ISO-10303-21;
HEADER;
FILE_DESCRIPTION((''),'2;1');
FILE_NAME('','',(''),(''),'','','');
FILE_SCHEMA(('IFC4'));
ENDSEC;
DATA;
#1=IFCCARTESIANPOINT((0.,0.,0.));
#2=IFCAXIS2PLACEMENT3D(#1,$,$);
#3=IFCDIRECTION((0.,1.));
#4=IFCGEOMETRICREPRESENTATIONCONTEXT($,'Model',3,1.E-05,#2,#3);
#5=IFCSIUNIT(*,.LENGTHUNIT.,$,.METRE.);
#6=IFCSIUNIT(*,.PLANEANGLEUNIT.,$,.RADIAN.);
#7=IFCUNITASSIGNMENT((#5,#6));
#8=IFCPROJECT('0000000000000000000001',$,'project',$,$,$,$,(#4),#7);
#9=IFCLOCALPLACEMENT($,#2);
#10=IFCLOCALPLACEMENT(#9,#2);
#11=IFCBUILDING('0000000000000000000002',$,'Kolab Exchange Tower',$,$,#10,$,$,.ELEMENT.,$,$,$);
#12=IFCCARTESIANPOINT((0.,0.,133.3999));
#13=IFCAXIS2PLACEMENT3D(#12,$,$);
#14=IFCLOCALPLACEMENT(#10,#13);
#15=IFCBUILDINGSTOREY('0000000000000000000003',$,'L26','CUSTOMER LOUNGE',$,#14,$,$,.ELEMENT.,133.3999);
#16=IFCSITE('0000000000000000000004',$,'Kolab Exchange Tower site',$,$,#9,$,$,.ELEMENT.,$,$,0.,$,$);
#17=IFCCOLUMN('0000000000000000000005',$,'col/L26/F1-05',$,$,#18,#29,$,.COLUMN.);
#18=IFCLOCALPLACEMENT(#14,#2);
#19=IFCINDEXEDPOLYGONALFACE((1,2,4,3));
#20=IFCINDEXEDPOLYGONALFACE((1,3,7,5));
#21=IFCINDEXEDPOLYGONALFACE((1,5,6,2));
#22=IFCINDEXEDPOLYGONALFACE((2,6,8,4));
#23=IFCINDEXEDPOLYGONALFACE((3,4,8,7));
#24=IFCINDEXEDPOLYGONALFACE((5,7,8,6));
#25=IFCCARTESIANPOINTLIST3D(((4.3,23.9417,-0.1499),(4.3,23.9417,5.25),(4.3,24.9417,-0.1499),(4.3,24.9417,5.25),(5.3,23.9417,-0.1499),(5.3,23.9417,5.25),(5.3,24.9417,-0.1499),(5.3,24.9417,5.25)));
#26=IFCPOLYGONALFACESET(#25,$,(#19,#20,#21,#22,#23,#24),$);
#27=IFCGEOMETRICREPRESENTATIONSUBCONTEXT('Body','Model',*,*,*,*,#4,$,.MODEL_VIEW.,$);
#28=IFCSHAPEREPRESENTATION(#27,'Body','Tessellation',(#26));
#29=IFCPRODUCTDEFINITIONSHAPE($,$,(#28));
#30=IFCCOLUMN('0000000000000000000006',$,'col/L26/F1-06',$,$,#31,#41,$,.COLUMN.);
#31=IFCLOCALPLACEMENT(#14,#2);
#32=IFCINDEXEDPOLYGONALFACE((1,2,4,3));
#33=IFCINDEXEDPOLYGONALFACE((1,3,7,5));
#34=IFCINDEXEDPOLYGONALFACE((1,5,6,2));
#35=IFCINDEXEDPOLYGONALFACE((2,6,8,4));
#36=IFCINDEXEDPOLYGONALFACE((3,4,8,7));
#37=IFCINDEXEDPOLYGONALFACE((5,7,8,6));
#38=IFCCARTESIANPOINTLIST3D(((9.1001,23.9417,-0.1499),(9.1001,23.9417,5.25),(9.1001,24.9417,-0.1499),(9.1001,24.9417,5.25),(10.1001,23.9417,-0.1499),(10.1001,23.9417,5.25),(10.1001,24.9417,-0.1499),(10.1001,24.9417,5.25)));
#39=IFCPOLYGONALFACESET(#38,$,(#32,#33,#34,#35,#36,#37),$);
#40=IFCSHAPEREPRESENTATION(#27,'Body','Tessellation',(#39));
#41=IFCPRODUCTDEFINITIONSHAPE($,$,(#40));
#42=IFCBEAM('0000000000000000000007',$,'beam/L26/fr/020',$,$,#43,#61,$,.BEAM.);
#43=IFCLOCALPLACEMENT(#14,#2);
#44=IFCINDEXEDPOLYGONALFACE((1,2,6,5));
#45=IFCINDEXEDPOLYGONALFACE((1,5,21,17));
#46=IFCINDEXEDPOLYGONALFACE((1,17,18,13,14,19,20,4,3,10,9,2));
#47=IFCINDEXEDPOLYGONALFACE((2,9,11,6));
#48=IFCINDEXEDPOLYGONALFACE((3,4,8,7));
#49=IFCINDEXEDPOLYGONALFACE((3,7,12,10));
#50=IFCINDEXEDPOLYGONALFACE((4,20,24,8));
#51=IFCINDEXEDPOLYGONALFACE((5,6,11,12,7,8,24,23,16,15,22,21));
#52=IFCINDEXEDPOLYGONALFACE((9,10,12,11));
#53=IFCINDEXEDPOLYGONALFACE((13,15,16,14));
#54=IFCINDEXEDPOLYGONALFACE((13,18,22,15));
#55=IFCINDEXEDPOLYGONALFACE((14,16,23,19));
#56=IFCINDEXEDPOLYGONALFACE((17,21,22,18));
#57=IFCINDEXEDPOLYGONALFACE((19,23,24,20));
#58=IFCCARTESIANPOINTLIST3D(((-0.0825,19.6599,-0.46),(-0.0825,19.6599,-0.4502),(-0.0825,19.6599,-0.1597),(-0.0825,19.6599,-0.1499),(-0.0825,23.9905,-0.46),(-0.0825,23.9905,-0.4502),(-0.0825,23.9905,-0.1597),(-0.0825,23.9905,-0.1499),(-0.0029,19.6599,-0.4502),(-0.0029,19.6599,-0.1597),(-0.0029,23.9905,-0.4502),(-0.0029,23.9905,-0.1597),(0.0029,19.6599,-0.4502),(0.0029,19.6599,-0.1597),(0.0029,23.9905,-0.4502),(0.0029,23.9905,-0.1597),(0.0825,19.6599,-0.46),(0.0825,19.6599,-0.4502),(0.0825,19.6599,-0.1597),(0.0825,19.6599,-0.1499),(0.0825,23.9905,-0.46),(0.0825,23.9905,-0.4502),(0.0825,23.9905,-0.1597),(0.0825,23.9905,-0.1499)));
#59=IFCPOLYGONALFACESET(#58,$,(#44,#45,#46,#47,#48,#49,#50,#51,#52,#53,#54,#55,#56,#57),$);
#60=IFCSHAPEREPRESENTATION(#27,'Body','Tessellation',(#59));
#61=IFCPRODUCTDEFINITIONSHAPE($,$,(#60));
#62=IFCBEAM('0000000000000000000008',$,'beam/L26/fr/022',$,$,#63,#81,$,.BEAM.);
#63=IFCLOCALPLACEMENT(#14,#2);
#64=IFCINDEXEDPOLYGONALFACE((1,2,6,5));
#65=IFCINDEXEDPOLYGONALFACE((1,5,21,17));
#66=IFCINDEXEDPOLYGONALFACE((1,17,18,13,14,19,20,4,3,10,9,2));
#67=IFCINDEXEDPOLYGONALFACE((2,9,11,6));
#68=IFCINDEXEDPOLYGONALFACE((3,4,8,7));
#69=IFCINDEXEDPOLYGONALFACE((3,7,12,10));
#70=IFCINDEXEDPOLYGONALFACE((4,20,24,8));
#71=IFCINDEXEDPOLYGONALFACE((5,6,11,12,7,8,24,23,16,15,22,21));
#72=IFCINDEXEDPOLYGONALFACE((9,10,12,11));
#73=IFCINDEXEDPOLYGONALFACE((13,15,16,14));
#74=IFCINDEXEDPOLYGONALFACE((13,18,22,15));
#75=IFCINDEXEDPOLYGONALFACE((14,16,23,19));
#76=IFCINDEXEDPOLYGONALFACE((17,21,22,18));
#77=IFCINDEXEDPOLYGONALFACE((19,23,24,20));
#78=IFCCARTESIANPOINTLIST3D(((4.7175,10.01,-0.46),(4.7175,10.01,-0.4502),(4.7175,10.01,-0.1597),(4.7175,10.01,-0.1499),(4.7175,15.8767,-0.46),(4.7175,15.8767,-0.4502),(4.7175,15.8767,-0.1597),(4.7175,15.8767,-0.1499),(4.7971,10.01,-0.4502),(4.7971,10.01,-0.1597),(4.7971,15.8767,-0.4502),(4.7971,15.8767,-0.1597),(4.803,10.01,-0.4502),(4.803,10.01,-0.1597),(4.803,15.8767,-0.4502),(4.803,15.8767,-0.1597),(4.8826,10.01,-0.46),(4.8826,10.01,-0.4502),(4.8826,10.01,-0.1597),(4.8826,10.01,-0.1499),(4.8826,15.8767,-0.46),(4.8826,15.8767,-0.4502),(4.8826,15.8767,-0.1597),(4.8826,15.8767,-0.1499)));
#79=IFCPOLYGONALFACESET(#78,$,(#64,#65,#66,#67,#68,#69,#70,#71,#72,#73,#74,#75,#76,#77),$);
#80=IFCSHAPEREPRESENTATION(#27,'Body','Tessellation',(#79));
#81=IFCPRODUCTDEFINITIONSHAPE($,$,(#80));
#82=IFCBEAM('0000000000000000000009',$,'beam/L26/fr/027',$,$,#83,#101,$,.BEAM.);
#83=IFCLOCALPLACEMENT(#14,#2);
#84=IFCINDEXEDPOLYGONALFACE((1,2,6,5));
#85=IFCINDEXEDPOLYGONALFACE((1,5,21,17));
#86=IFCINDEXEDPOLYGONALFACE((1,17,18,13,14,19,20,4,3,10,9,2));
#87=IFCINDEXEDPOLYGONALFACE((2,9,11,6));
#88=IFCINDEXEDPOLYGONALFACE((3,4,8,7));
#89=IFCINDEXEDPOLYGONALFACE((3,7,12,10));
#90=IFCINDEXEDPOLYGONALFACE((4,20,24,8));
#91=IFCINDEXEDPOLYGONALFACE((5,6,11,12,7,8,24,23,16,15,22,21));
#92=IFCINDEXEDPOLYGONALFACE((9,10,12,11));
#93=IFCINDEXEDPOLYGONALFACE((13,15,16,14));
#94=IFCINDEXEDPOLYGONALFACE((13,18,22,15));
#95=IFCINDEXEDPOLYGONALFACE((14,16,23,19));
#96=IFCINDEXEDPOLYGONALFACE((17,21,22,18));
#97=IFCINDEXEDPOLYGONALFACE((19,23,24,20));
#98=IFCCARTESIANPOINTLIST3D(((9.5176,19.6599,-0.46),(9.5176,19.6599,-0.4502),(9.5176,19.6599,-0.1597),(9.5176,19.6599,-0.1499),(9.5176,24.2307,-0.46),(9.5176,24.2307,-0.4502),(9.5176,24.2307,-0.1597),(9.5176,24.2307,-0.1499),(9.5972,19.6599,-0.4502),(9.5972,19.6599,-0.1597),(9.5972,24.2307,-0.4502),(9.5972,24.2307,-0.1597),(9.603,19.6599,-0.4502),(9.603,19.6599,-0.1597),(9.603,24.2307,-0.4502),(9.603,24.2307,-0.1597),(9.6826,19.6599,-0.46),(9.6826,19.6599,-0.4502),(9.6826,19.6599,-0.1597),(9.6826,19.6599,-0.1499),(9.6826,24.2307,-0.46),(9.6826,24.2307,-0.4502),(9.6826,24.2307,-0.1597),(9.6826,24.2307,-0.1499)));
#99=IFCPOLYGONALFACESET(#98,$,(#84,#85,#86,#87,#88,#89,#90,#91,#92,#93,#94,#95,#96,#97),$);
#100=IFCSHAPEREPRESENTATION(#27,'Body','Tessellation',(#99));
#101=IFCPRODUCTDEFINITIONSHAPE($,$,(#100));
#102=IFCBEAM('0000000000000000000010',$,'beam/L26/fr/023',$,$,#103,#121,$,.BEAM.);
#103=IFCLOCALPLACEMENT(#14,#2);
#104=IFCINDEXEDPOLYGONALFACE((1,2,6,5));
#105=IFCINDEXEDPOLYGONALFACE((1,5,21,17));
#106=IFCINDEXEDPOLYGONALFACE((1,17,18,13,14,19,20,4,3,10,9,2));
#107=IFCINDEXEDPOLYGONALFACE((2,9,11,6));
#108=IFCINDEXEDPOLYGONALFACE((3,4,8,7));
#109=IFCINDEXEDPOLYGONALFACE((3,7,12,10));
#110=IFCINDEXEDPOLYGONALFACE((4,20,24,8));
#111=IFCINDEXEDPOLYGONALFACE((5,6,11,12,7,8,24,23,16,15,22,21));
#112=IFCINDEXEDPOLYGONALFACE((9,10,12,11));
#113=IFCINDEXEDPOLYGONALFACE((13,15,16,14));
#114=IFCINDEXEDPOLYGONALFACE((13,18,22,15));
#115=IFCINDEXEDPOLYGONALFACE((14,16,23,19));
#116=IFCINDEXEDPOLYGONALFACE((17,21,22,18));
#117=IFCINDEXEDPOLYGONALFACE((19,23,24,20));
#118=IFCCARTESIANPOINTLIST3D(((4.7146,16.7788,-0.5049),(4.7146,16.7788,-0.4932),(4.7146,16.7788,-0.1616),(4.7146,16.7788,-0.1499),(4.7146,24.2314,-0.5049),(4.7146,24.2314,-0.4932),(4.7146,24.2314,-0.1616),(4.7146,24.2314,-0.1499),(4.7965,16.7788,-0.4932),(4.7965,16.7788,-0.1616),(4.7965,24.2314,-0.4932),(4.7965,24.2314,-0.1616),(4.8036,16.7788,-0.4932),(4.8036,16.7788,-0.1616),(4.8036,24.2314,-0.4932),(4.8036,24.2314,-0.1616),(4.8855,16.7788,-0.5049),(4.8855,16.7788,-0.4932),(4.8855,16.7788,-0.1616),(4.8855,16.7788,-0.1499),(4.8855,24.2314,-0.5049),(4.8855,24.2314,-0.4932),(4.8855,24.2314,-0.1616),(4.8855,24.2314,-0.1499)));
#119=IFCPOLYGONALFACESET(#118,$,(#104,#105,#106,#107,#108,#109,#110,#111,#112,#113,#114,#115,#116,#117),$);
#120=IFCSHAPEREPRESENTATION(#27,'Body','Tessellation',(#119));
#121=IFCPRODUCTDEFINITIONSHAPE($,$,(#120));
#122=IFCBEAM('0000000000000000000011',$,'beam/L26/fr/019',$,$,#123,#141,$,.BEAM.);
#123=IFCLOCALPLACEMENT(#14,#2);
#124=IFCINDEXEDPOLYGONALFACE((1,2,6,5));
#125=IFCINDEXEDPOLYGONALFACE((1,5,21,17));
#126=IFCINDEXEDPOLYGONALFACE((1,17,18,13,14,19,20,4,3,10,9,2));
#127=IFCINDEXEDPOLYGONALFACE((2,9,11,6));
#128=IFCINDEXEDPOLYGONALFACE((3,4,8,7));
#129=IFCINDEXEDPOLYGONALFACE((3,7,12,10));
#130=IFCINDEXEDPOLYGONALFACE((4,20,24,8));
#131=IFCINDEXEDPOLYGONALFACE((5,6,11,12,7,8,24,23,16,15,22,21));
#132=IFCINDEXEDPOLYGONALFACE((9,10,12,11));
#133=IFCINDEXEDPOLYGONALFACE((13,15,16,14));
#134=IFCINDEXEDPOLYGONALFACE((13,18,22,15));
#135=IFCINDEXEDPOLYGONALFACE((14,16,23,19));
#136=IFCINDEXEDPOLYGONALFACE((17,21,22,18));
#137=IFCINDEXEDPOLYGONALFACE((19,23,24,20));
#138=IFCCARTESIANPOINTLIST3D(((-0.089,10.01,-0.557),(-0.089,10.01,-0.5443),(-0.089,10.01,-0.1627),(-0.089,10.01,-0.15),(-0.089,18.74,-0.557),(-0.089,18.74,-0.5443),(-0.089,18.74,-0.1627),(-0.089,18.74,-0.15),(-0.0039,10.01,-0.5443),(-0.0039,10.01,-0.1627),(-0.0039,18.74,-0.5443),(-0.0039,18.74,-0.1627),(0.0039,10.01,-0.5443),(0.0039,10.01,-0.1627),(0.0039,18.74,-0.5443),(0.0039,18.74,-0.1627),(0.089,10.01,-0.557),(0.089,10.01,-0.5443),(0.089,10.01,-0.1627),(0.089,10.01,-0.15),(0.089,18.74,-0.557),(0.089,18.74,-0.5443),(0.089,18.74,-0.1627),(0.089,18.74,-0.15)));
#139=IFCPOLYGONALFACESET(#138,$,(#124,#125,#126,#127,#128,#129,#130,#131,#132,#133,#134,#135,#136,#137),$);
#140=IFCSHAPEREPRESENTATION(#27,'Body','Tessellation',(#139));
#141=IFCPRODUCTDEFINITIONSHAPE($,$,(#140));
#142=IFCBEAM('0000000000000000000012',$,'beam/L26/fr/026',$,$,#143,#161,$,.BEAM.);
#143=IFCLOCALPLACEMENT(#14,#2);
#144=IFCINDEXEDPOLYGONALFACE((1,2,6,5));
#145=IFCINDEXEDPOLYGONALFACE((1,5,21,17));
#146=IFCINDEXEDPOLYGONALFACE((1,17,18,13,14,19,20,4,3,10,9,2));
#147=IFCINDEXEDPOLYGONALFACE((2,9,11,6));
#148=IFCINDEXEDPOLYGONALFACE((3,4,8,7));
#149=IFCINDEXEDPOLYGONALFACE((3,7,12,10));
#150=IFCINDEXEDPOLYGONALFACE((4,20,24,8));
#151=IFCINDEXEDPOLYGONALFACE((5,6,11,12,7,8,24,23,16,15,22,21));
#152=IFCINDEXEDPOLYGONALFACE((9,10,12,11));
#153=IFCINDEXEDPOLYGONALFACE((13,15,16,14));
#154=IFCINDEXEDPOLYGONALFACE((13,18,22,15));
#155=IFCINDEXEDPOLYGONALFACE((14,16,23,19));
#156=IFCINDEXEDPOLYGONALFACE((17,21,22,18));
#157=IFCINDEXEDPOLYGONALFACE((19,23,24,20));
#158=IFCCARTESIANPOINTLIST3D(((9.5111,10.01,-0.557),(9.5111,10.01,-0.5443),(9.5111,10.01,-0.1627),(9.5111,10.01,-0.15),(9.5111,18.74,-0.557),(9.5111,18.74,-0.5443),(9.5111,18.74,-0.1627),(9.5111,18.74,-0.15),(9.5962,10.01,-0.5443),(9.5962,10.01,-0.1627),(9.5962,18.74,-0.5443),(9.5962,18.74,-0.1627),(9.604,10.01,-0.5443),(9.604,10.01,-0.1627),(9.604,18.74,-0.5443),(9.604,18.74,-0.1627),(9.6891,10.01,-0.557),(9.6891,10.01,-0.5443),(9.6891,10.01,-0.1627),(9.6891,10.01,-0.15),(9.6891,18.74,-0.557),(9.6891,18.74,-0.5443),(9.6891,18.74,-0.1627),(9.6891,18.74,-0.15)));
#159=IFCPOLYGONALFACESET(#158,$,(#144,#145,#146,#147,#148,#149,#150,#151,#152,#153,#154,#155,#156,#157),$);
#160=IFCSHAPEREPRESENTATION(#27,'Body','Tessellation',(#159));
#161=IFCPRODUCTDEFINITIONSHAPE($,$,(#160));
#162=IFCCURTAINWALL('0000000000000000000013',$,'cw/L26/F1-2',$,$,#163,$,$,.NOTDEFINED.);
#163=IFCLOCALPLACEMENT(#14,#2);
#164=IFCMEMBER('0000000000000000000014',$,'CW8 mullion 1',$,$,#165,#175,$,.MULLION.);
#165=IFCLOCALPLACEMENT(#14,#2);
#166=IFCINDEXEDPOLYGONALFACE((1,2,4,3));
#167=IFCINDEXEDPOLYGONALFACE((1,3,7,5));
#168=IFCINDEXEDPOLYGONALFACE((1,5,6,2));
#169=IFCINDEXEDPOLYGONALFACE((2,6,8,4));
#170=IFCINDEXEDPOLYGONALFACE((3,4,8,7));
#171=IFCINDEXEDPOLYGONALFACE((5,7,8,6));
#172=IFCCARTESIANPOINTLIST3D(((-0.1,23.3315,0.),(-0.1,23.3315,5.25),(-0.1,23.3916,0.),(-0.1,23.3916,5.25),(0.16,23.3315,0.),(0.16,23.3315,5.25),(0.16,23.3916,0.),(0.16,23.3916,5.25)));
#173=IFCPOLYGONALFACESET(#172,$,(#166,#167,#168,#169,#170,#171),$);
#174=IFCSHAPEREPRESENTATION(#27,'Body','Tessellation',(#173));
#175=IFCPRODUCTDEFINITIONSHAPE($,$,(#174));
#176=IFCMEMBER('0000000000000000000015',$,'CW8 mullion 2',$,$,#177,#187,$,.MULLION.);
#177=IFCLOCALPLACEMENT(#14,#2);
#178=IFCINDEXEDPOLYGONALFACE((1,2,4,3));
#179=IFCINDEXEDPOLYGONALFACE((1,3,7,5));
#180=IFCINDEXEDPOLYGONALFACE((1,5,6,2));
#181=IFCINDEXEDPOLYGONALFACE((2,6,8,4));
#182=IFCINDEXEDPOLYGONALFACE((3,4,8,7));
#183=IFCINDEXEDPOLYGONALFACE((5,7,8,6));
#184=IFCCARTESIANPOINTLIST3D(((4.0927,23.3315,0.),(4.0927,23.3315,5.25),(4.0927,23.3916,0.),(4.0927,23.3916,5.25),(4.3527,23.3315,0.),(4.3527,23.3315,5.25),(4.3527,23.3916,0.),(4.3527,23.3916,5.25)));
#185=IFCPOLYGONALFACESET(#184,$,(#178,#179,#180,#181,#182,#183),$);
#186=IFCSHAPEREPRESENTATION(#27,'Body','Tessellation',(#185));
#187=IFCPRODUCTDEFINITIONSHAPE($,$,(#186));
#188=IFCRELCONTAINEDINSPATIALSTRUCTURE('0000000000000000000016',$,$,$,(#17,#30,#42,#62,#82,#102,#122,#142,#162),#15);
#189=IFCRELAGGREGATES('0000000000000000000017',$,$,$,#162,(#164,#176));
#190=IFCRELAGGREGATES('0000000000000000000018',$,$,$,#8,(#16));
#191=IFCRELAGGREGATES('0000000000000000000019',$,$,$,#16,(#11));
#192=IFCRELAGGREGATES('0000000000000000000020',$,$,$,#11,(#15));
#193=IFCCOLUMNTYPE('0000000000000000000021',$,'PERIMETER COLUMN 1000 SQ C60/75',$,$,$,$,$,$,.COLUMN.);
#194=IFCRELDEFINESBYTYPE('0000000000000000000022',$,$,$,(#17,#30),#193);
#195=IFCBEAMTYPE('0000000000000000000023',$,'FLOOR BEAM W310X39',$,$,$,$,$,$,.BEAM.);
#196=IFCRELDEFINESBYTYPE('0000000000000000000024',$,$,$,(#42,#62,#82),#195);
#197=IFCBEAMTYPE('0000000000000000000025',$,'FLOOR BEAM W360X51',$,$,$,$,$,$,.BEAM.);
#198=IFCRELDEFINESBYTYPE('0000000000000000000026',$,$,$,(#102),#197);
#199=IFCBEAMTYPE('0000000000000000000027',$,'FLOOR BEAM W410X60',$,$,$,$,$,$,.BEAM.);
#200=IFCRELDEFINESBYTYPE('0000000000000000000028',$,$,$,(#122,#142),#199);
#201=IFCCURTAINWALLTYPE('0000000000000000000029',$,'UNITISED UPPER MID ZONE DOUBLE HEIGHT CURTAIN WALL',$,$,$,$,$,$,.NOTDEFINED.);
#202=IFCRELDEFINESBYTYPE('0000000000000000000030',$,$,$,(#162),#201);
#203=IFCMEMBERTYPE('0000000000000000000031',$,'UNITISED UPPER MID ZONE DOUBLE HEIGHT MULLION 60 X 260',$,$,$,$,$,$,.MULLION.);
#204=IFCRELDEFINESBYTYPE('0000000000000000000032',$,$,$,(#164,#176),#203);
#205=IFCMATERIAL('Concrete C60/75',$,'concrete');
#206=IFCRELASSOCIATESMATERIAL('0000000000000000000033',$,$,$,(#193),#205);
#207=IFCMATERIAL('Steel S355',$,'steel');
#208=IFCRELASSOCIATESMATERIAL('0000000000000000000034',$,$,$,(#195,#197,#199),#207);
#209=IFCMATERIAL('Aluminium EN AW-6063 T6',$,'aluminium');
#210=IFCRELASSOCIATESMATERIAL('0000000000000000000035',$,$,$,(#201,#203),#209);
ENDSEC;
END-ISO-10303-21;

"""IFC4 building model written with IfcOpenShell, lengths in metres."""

from ifc_helpers import new_model, si_unit, direction, frame, origin, origin_2d, place, context, subcontext, project, spatial, rectangle, i_section, extrude, material, material_profile, profile_set, type_object, element, aggregate, save


model = new_model("IFC4")

# Units and contexts
model_context = context("Model", 3, precision=1e-05, world=origin(), true_north=direction((0.0, 1.0)))
body_context = subcontext(model_context, "Body", "Model", "MODEL_VIEW")
ifc_project = project(units=[si_unit("LENGTHUNIT", "METRE"), si_unit("PLANEANGLEUNIT", "RADIAN")], contexts=[model_context])

# Site, building, storey
site_placement = place(None, origin())
site = spatial("IfcSite", under=ifc_project, at=site_placement, Name="Kolab Exchange Tower site", CompositionType="ELEMENT", RefElevation=0.0)
building_placement = place(site_placement, origin())
building = spatial("IfcBuilding", under=site, at=building_placement, Name="Kolab Exchange Tower", CompositionType="ELEMENT")
storey_placement = place(building_placement, frame((0.0, 0.0, 133.3999)))
storey = spatial("IfcBuildingStorey", under=building, at=storey_placement, Name="L26", Description="CUSTOMER LOUNGE", CompositionType="ELEMENT", Elevation=133.3999)

# Columns
ifc_material_1 = material(Name="Concrete C60/75", Category="concrete")
ifc_material_profile_1 = material_profile(ifc_material_1, rectangle(XDim=1.0, YDim=1.0, at=origin_2d()), Name="RC1000")
ifc_profile_set_1 = profile_set([ifc_material_profile_1], Name="Concrete C60/75")
column_type = type_object("IfcColumnType", Name="PERIMETER COLUMN 1000 SQ C60/75", PredefinedType="COLUMN", material=ifc_profile_set_1)
for number, where, z_axis, x_axis, name in (
    (1, (4.8, 24.4417, -0.1499), (0.0, 0.0, 1.0), (1.0, 0.0, 0.0), "col/L26/F1-05"),
    (2, (9.6001, 24.4417, -0.1499), (0.0, 0.0, 1.0), (1.0, 0.0, 0.0), "col/L26/F1-06"),
):
    element("IfcColumn", number, at=place(storey_placement, frame(where, z_axis=z_axis, x_axis=x_axis)), inside=storey, type_object=column_type, Name=name, PredefinedType="COLUMN", context=body_context, shape_type="SweptSolid", body=[
        extrude(rectangle(XDim=1.0, YDim=1.0, at=origin_2d()), origin(), (0.0, 0.0, 1.0), 5.3999),
    ])

# Beams
ifc_material_2 = material(Name="Steel S355", Category="steel")
ifc_material_profile_2 = material_profile(ifc_material_2, i_section(OverallWidth=0.165, OverallDepth=0.3101, WebThickness=0.0059, FlangeThickness=0.0098, at=origin_2d()), Name="W310X39")
ifc_profile_set_2 = profile_set([ifc_material_profile_2], Name="Steel S355")
beam_type_1 = type_object("IfcBeamType", Name="FLOOR BEAM W310X39", PredefinedType="BEAM", material=ifc_profile_set_2)
beam_1_placement = place(storey_placement, frame((0.0, 19.6599, -0.3049), z_axis=(0.0, 1.0, 0.0), x_axis=(-1.0, 0.0, 0.0)))
element("IfcBeam", 3, at=beam_1_placement, inside=storey, type_object=beam_type_1, Name="beam/L26/fr/020", PredefinedType="BEAM", context=body_context, shape_type="SweptSolid", body=[
    extrude(i_section(OverallWidth=0.165, OverallDepth=0.3101, WebThickness=0.0059, FlangeThickness=0.0098, at=origin_2d()), origin(), (0.0, 0.0, 1.0), 4.3306),
])
beam_2_placement = place(storey_placement, frame((4.8, 10.01, -0.3049), z_axis=(0.0, 1.0, 0.0), x_axis=(-1.0, 0.0, 0.0)))
element("IfcBeam", 4, at=beam_2_placement, inside=storey, type_object=beam_type_1, Name="beam/L26/fr/022", PredefinedType="BEAM", context=body_context, shape_type="SweptSolid", body=[
    extrude(i_section(OverallWidth=0.165, OverallDepth=0.3101, WebThickness=0.0059, FlangeThickness=0.0098, at=origin_2d()), origin(), (0.0, 0.0, 1.0), 5.8667),
])
beam_3_placement = place(storey_placement, frame((9.6001, 19.6599, -0.3049), z_axis=(0.0, 1.0, 0.0), x_axis=(-1.0, 0.0, 0.0)))
element("IfcBeam", 5, at=beam_3_placement, inside=storey, type_object=beam_type_1, Name="beam/L26/fr/027", PredefinedType="BEAM", context=body_context, shape_type="SweptSolid", body=[
    extrude(i_section(OverallWidth=0.165, OverallDepth=0.3101, WebThickness=0.0059, FlangeThickness=0.0098, at=origin_2d()), origin(), (0.0, 0.0, 1.0), 4.5708),
])
ifc_material_profile_3 = material_profile(ifc_material_2, i_section(OverallWidth=0.1709, OverallDepth=0.355, WebThickness=0.0071, FlangeThickness=0.0117, at=origin_2d()), Name="W360X51")
ifc_profile_set_3 = profile_set([ifc_material_profile_3], Name="Steel S355")
beam_type_2 = type_object("IfcBeamType", Name="FLOOR BEAM W360X51", PredefinedType="BEAM", material=ifc_profile_set_3)
beam_4_placement = place(storey_placement, frame((4.8, 16.7788, -0.3274), z_axis=(0.0, 1.0, 0.0), x_axis=(-1.0, 0.0, 0.0)))
element("IfcBeam", 6, at=beam_4_placement, inside=storey, type_object=beam_type_2, Name="beam/L26/fr/023", PredefinedType="BEAM", context=body_context, shape_type="SweptSolid", body=[
    extrude(i_section(OverallWidth=0.1709, OverallDepth=0.355, WebThickness=0.0071, FlangeThickness=0.0117, at=origin_2d()), origin(), (0.0, 0.0, 1.0), 7.4526),
])
ifc_material_profile_4 = material_profile(ifc_material_2, i_section(OverallWidth=0.178, OverallDepth=0.407, WebThickness=0.0078, FlangeThickness=0.0127, at=origin_2d()), Name="W410X60")
ifc_profile_set_4 = profile_set([ifc_material_profile_4], Name="Steel S355")
beam_type_3 = type_object("IfcBeamType", Name="FLOOR BEAM W410X60", PredefinedType="BEAM", material=ifc_profile_set_4)
for number, where, z_axis, x_axis, name in (
    (7, (0.0, 10.01, -0.3535), (0.0, 1.0, 0.0), (-1.0, 0.0, 0.0), "beam/L26/fr/019"),
    (8, (9.6001, 10.01, -0.3535), (0.0, 1.0, 0.0), (-1.0, 0.0, 0.0), "beam/L26/fr/026"),
):
    element("IfcBeam", number, at=place(storey_placement, frame(where, z_axis=z_axis, x_axis=x_axis)), inside=storey, type_object=beam_type_3, Name=name, PredefinedType="BEAM", context=body_context, shape_type="SweptSolid", body=[
        extrude(i_section(OverallWidth=0.178, OverallDepth=0.407, WebThickness=0.0078, FlangeThickness=0.0127, at=origin_2d()), origin(), (0.0, 0.0, 1.0), 8.73),
    ])

# Curtain wall, members
ifc_material_3 = material(Name="Aluminium EN AW-6063 T6", Category="aluminium")
curtain_wall_type = type_object("IfcCurtainWallType", Name="UNITISED UPPER MID ZONE DOUBLE HEIGHT CURTAIN WALL", PredefinedType="NOTDEFINED", material=ifc_material_3)
curtain_wall_placement = place(storey_placement, origin())
curtain_wall = element("IfcCurtainWall", 9, at=curtain_wall_placement, inside=storey, type_object=curtain_wall_type, Name="cw/L26/F1-2", PredefinedType="NOTDEFINED")
ifc_material_profile_5 = material_profile(ifc_material_3, rectangle(XDim=0.0601, YDim=0.26, at=origin_2d()), Name="RECT 60X260")
ifc_profile_set_5 = profile_set([ifc_material_profile_5], Name="Aluminium EN AW-6063 T6")
member_type_1 = type_object("IfcMemberType", Name="UNITISED UPPER MID ZONE DOUBLE HEIGHT MULLION 60 X 260", PredefinedType="MULLION", material=ifc_profile_set_5)
member_1_placement = place(storey_placement, frame((0.03, 23.3616, 0.0), z_axis=(0.0, 0.0, 1.0), x_axis=(0.0, 1.0, 0.0)))
member_1 = element("IfcMember", 10, at=member_1_placement, type_object=member_type_1, Name="CW8 mullion 1", PredefinedType="MULLION", context=body_context, shape_type="SweptSolid", body=[
    extrude(rectangle(XDim=0.0601, YDim=0.26, at=origin_2d()), origin(), (0.0, 0.0, 1.0), 5.25),
])
member_2_placement = place(storey_placement, frame((4.2227, 23.3616, 0.0), z_axis=(0.0, 0.0, 1.0), x_axis=(0.0, 1.0, 0.0)))
member_2 = element("IfcMember", 11, at=member_2_placement, type_object=member_type_1, Name="CW8 mullion 2", PredefinedType="MULLION", context=body_context, shape_type="SweptSolid", body=[
    extrude(rectangle(XDim=0.0601, YDim=0.26, at=origin_2d()), origin(), (0.0, 0.0, 1.0), 5.25),
])
aggregate(curtain_wall, [member_1, member_2])

save(model, "model.ifc")
